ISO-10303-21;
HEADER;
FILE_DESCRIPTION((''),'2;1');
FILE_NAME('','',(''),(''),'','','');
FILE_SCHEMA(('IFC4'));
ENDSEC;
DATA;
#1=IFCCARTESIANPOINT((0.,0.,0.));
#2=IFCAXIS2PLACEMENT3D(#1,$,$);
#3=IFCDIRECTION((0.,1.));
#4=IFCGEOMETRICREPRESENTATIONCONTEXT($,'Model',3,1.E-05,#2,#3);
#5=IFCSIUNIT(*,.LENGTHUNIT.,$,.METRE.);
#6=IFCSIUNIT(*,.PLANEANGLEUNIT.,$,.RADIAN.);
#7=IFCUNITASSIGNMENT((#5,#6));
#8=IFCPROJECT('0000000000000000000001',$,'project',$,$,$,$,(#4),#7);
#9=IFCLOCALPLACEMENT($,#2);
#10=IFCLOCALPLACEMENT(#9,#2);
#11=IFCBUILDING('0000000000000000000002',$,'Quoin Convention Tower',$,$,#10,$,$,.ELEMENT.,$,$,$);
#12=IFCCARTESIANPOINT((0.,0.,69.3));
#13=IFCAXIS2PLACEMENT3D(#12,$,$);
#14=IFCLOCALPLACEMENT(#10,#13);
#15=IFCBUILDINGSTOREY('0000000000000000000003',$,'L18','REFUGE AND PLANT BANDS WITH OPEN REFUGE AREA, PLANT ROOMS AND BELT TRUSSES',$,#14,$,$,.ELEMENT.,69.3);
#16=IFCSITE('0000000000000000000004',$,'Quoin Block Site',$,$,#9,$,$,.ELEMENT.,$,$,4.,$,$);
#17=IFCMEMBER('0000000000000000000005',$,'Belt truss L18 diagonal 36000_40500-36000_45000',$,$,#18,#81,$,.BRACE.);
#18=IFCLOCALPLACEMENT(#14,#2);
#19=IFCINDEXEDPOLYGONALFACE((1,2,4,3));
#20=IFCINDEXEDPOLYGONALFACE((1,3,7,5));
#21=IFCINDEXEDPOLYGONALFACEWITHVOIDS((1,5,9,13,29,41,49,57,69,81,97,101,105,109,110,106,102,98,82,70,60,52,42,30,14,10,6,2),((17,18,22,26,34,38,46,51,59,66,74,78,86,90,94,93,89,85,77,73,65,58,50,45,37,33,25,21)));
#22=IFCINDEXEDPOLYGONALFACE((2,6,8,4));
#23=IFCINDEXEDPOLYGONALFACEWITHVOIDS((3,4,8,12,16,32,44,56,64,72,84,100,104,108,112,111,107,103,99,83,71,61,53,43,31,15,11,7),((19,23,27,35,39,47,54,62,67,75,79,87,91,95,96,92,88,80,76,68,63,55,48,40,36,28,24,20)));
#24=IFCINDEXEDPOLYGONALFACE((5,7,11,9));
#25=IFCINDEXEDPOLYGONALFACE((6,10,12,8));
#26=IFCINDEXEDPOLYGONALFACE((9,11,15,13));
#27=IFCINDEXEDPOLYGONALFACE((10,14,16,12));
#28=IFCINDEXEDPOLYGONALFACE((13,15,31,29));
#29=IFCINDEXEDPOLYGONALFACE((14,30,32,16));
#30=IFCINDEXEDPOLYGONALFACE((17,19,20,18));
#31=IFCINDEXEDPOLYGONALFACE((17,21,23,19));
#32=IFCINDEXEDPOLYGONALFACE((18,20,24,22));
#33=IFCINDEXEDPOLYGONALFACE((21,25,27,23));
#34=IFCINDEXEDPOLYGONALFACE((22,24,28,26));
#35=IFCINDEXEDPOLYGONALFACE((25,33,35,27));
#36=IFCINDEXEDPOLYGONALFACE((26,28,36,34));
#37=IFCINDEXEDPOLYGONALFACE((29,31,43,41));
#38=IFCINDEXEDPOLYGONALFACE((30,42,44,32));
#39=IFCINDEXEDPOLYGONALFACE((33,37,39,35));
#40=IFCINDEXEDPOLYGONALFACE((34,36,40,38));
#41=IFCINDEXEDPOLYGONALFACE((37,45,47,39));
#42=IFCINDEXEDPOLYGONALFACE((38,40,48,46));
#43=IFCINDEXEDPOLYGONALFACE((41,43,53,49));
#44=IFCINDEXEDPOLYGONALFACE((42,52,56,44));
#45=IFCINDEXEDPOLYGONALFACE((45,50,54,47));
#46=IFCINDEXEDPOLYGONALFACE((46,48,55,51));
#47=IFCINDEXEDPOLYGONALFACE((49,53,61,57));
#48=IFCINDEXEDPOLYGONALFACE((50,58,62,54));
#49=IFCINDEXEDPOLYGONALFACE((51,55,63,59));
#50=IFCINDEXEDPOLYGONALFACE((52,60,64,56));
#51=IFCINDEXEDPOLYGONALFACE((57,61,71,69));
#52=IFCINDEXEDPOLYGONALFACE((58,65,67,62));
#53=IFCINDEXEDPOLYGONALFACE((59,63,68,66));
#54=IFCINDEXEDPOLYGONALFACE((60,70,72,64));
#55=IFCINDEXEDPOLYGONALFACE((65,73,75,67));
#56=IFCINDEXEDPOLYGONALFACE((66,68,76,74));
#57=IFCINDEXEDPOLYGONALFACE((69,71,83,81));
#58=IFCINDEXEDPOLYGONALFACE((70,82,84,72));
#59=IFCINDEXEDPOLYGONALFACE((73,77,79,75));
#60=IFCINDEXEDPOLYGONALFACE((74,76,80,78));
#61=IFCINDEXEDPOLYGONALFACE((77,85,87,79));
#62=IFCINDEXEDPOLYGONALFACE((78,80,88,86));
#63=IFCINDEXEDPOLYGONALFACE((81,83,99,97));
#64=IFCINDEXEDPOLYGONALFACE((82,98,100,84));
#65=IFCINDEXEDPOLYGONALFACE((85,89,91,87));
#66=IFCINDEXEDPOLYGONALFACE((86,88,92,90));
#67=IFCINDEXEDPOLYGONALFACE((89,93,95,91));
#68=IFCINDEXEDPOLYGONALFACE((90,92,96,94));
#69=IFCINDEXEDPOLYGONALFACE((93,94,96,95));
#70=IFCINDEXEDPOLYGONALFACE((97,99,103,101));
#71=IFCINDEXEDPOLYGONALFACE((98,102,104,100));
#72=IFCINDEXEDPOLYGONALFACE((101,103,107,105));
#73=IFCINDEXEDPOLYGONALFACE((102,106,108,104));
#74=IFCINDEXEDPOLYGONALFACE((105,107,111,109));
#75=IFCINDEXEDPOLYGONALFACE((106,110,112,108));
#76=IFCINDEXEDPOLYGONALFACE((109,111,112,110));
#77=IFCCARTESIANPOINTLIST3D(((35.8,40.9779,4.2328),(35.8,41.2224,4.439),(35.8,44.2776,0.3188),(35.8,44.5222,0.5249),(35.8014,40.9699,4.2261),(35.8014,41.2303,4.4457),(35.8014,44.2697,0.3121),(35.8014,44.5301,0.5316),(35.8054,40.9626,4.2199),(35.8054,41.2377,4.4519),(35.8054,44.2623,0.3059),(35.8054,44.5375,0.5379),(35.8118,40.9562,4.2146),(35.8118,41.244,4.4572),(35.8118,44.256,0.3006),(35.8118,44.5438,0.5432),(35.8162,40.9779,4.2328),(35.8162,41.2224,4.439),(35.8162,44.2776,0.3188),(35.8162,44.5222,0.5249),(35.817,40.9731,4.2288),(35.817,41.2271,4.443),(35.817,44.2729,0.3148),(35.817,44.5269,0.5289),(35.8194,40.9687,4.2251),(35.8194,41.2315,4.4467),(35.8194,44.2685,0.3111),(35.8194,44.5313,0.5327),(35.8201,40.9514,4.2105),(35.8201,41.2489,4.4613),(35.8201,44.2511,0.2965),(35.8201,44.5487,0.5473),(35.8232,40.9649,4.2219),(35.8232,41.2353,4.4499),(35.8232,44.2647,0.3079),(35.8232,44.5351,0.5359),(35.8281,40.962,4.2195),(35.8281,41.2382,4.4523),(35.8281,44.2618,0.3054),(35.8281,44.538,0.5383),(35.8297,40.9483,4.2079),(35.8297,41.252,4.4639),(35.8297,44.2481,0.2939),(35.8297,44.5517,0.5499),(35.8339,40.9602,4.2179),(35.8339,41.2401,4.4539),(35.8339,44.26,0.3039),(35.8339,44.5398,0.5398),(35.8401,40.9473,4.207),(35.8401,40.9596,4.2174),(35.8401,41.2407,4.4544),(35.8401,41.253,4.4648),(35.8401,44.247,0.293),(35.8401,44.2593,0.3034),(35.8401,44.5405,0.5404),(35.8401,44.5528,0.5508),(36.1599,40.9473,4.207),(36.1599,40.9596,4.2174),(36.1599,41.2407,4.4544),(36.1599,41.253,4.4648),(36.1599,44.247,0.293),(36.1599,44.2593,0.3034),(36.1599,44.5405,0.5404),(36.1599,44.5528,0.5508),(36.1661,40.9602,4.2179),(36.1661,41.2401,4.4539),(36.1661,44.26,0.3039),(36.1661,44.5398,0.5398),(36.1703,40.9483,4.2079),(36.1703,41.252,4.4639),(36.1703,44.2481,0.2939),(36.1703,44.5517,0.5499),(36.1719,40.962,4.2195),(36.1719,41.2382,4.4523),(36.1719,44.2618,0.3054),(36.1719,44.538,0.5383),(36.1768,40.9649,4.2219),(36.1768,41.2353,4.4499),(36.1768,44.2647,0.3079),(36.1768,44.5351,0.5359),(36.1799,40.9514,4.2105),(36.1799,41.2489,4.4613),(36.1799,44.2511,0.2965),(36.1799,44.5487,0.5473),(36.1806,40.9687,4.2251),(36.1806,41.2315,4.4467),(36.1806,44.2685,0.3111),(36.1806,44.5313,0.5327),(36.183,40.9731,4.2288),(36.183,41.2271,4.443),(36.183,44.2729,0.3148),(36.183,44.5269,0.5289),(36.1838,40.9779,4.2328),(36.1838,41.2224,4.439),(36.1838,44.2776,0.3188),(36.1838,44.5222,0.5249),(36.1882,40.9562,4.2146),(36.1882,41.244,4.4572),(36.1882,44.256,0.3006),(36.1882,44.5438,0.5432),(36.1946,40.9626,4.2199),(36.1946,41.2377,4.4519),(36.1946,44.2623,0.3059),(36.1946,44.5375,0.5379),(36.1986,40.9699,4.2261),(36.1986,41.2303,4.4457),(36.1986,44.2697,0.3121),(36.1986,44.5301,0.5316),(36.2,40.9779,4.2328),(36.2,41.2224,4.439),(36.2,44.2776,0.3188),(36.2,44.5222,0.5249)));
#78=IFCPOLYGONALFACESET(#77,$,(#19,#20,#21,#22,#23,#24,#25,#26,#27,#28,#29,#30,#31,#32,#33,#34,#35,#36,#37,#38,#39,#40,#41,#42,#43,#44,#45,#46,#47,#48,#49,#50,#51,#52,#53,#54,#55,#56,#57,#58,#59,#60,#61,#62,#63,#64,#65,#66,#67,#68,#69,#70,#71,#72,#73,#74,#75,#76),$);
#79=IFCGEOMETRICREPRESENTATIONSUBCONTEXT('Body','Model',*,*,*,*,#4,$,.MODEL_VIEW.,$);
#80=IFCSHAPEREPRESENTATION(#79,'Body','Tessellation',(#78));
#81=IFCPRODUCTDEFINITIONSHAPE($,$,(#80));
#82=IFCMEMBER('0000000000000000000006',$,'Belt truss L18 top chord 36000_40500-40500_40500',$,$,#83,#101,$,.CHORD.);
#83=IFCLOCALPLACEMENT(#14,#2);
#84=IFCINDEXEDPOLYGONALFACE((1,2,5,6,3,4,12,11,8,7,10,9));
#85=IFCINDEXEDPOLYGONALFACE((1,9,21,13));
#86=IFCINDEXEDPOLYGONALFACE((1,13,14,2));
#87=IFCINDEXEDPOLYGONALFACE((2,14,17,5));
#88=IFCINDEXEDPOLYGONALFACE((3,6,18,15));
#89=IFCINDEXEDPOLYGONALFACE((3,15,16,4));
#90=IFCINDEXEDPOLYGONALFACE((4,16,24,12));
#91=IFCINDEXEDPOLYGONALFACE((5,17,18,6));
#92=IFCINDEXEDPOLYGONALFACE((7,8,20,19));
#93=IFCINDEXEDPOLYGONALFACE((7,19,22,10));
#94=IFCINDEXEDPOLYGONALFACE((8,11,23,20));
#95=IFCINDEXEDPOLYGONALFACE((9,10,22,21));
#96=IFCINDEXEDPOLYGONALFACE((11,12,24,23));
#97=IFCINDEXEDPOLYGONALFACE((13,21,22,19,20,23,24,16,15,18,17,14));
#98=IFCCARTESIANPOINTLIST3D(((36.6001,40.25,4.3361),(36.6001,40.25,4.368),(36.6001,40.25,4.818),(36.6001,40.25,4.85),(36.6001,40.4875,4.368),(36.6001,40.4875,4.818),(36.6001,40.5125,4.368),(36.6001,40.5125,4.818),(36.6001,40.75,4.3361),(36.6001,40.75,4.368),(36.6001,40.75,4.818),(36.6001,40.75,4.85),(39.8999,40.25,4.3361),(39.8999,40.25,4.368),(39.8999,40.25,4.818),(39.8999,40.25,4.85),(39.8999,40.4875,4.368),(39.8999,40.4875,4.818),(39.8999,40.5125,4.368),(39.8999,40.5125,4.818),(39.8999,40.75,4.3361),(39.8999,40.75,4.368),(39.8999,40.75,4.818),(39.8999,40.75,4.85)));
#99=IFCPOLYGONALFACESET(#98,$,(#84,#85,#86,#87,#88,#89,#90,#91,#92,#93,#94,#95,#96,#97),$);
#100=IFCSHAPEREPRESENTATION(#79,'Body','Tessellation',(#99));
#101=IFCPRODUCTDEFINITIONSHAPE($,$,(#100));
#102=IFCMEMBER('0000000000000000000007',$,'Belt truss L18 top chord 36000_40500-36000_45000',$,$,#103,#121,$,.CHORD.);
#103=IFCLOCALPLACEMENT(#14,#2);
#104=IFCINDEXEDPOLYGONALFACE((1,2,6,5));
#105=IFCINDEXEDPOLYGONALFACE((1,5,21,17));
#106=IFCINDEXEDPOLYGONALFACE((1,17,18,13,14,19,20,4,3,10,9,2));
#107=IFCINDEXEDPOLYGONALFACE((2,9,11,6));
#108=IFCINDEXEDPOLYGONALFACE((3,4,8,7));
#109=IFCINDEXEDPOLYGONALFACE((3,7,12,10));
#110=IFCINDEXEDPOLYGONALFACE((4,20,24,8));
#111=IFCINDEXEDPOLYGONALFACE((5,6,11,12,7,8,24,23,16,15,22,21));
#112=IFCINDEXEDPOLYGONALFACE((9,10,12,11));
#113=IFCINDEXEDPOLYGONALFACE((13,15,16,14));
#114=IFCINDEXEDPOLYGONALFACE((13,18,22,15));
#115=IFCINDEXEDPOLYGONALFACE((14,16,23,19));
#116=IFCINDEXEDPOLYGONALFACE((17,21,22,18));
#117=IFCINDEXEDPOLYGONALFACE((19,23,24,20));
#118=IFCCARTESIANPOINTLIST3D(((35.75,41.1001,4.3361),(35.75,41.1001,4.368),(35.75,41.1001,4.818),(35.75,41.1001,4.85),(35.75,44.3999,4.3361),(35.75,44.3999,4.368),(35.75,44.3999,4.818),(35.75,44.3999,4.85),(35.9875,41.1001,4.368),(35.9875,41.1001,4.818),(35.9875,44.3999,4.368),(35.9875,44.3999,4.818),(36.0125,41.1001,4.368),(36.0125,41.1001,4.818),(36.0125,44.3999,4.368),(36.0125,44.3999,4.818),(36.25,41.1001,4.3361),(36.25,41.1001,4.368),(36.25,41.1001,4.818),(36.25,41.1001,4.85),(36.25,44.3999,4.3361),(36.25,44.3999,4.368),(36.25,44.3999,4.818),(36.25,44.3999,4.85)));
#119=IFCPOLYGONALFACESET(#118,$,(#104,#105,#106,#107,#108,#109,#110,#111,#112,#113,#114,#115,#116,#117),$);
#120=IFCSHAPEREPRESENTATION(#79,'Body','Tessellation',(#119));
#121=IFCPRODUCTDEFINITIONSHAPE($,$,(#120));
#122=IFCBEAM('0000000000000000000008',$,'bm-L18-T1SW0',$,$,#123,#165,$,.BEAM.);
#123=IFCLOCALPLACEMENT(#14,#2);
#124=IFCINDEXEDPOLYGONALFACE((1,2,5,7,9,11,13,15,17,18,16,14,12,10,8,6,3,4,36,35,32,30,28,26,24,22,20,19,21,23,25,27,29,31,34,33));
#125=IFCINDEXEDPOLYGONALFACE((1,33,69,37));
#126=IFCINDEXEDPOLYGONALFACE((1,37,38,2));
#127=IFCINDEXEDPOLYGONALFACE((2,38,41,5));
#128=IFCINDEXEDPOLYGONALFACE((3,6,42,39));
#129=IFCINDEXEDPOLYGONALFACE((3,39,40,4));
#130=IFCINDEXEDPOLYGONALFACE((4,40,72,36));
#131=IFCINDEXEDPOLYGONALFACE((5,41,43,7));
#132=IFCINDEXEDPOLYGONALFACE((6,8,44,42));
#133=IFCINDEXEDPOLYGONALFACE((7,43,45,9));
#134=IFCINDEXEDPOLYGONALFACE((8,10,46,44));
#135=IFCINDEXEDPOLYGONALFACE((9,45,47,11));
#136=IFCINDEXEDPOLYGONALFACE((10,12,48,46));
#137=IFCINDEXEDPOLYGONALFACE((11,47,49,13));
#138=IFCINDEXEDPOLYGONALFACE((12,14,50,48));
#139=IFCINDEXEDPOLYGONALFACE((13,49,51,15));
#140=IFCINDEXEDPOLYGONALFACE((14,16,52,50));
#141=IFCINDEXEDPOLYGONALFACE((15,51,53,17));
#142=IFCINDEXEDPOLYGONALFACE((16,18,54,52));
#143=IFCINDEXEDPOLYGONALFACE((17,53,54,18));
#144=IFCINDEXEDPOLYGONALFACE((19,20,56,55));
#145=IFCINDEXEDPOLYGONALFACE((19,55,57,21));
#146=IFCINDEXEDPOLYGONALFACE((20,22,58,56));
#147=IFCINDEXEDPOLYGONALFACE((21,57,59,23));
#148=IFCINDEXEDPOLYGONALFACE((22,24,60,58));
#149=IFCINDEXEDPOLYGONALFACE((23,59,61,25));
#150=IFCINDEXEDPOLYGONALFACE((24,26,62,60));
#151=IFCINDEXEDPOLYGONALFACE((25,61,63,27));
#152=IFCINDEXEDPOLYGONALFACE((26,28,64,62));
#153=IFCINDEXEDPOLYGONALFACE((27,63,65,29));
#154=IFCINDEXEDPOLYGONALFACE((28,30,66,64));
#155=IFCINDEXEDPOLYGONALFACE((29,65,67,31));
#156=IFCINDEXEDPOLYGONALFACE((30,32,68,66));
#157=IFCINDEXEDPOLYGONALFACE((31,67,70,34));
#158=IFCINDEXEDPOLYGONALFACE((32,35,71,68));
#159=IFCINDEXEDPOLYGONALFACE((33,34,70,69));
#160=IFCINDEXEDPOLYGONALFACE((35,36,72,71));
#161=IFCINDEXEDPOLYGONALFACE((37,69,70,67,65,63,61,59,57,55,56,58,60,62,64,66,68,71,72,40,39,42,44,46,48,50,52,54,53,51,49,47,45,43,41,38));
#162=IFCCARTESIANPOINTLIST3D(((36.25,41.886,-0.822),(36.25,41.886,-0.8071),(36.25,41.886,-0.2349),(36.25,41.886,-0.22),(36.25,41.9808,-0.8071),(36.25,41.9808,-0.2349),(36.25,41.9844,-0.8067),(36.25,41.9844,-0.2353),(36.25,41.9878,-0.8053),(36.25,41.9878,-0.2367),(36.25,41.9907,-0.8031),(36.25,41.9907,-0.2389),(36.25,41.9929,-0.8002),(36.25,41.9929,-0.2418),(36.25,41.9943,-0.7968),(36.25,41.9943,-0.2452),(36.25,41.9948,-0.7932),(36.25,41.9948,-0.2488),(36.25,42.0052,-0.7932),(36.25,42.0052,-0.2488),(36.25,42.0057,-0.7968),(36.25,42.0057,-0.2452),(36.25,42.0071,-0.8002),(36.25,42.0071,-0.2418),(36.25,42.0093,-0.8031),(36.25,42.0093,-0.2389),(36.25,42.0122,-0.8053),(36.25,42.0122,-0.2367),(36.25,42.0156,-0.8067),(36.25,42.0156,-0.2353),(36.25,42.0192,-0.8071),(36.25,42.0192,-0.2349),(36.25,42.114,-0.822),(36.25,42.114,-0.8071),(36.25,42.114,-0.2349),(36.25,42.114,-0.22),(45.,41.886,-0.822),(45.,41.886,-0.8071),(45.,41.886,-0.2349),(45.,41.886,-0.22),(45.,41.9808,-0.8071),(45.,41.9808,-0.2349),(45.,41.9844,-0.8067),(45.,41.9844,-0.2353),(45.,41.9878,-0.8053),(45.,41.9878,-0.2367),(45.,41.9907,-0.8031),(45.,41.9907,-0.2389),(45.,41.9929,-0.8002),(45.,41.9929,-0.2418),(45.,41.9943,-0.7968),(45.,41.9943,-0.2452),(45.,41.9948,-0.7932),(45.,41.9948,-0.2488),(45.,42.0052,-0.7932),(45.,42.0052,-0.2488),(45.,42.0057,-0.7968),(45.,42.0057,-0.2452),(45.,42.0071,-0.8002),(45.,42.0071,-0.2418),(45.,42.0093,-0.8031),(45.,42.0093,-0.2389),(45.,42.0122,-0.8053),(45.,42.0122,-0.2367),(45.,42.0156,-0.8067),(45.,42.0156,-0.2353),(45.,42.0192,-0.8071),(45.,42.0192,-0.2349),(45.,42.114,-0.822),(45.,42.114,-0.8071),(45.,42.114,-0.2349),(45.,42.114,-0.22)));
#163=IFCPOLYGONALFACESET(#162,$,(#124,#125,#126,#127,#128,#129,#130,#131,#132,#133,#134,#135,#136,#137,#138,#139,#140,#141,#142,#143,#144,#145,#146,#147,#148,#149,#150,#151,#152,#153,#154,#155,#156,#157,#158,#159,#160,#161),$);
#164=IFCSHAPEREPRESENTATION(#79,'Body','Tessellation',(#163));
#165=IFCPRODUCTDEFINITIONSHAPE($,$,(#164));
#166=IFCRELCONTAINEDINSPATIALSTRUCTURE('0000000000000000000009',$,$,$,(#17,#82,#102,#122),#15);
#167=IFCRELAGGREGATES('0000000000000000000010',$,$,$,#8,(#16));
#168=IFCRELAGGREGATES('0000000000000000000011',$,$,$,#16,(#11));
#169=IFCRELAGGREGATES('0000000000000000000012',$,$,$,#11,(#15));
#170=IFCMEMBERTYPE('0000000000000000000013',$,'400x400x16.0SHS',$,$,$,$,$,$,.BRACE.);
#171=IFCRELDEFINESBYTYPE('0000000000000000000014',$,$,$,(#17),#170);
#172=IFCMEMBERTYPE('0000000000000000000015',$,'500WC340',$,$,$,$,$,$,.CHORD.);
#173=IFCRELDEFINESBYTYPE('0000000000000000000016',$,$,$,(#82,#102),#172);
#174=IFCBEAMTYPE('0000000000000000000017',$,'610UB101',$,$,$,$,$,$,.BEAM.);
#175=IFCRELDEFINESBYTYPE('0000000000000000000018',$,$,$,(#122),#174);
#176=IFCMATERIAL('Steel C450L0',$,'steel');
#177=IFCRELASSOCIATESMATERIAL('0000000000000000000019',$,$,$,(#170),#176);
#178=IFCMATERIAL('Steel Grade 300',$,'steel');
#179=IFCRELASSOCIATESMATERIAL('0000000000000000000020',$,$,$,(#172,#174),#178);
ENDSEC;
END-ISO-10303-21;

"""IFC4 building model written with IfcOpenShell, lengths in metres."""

from ifc_helpers import new_model, si_unit, direction, frame, origin, origin_2d, place, context, subcontext, project, spatial, hollow_rectangle, i_section, extrude, material, material_profile, profile_set, type_object, element, save


model = new_model("IFC4")

# Units and contexts
model_context = context("Model", 3, precision=1e-05, world=origin(), true_north=direction((0.0, 1.0)))
body_context = subcontext(model_context, "Body", "Model", "MODEL_VIEW")
ifc_project = project(units=[si_unit("LENGTHUNIT", "METRE"), si_unit("PLANEANGLEUNIT", "RADIAN")], contexts=[model_context])

# Site, building, storey
site_placement = place(None, origin())
site = spatial("IfcSite", under=ifc_project, at=site_placement, Name="Quoin Block Site", CompositionType="ELEMENT", RefElevation=4.0)
building_placement = place(site_placement, origin())
building = spatial("IfcBuilding", under=site, at=building_placement, Name="Quoin Convention Tower", CompositionType="ELEMENT")
storey_placement = place(building_placement, frame((0.0, 0.0, 69.3)))
storey = spatial("IfcBuildingStorey", under=building, at=storey_placement, Name="L18", Description="REFUGE AND PLANT BANDS WITH OPEN REFUGE AREA, PLANT ROOMS AND BELT TRUSSES", CompositionType="ELEMENT", Elevation=69.3)

# Members
ifc_material_1 = material(Name="Steel Grade 300", Category="steel")
ifc_material_2 = material(Name="Steel C450L0", Category="steel")
ifc_material_profile_1 = material_profile(ifc_material_2, hollow_rectangle(XDim=0.3999, YDim=0.3999, WallThickness=0.0161, InnerFilletRadius=0.0239, OuterFilletRadius=0.04, at=origin_2d()), Name="400x400x16.0SHS")
ifc_profile_set_1 = profile_set([ifc_material_profile_1], Name="Steel C450L0")
member_type_1 = type_object("IfcMemberType", Name="400x400x16.0SHS", PredefinedType="BRACE", material=ifc_profile_set_1)
for number, where, z_axis, x_axis, name in (
    (1, (36.0, 44.3999, 0.4219), (0.0, -0.644564, 0.76455), (1.0, 0.0, 0.0), "Belt truss L18 diagonal 36000_40500-36000_45000"),
):
    element("IfcMember", number, at=place(storey_placement, frame(where, z_axis=z_axis, x_axis=x_axis)), inside=storey, type_object=member_type_1, Name=name, PredefinedType="BRACE", context=body_context, shape_type="SweptSolid", body=[
        extrude(hollow_rectangle(XDim=0.3999, YDim=0.3999, WallThickness=0.0161, InnerFilletRadius=0.0239, OuterFilletRadius=0.04, at=origin_2d()), origin(), (0.0, 0.0, 1.0), 5.1194),
    ])
ifc_material_profile_2 = material_profile(ifc_material_1, i_section(OverallWidth=0.5, OverallDepth=0.5139, WebThickness=0.0249, FlangeThickness=0.032, at=origin_2d()), Name="500WC340")
ifc_profile_set_2 = profile_set([ifc_material_profile_2], Name="Steel Grade 300")
member_type_2 = type_object("IfcMemberType", Name="500WC340", PredefinedType="CHORD", material=ifc_profile_set_2)
for number, where, z_axis, x_axis, name in (
    (2, (36.6001, 40.5, 4.593), (1.0, 0.0, 0.0), (0.0, 1.0, 0.0), "Belt truss L18 top chord 36000_40500-40500_40500"),
    (3, (36.0, 41.1001, 4.593), (0.0, 1.0, 0.0), (-1.0, 0.0, 0.0), "Belt truss L18 top chord 36000_40500-36000_45000"),
):
    element("IfcMember", number, at=place(storey_placement, frame(where, z_axis=z_axis, x_axis=x_axis)), inside=storey, type_object=member_type_2, Name=name, PredefinedType="CHORD", context=body_context, shape_type="SweptSolid", body=[
        extrude(i_section(OverallWidth=0.5, OverallDepth=0.5139, WebThickness=0.0249, FlangeThickness=0.032, at=origin_2d()), origin(), (0.0, 0.0, 1.0), 3.2998),
    ])

# Beam
ifc_material_profile_3 = material_profile(ifc_material_1, i_section(OverallWidth=0.228, OverallDepth=0.6021, WebThickness=0.0105, FlangeThickness=0.0149, FilletRadius=0.0139, at=origin_2d()), Name="610UB101")
ifc_profile_set_3 = profile_set([ifc_material_profile_3], Name="Steel Grade 300")
beam_type_1 = type_object("IfcBeamType", Name="610UB101", PredefinedType="BEAM", material=ifc_profile_set_3)
beam_1_placement = place(storey_placement, frame((36.25, 42.0, -0.521), z_axis=(1.0, 0.0, 0.0), x_axis=(0.0, 1.0, 0.0)))
element("IfcBeam", 4, at=beam_1_placement, inside=storey, type_object=beam_type_1, Name="bm-L18-T1SW0", PredefinedType="BEAM", context=body_context, shape_type="SweptSolid", body=[
    extrude(i_section(OverallWidth=0.228, OverallDepth=0.6021, WebThickness=0.0105, FlangeThickness=0.0149, FilletRadius=0.0139, at=origin_2d()), origin(), (0.0, 0.0, 1.0), 8.75),
])

save(model, "model.ifc")
